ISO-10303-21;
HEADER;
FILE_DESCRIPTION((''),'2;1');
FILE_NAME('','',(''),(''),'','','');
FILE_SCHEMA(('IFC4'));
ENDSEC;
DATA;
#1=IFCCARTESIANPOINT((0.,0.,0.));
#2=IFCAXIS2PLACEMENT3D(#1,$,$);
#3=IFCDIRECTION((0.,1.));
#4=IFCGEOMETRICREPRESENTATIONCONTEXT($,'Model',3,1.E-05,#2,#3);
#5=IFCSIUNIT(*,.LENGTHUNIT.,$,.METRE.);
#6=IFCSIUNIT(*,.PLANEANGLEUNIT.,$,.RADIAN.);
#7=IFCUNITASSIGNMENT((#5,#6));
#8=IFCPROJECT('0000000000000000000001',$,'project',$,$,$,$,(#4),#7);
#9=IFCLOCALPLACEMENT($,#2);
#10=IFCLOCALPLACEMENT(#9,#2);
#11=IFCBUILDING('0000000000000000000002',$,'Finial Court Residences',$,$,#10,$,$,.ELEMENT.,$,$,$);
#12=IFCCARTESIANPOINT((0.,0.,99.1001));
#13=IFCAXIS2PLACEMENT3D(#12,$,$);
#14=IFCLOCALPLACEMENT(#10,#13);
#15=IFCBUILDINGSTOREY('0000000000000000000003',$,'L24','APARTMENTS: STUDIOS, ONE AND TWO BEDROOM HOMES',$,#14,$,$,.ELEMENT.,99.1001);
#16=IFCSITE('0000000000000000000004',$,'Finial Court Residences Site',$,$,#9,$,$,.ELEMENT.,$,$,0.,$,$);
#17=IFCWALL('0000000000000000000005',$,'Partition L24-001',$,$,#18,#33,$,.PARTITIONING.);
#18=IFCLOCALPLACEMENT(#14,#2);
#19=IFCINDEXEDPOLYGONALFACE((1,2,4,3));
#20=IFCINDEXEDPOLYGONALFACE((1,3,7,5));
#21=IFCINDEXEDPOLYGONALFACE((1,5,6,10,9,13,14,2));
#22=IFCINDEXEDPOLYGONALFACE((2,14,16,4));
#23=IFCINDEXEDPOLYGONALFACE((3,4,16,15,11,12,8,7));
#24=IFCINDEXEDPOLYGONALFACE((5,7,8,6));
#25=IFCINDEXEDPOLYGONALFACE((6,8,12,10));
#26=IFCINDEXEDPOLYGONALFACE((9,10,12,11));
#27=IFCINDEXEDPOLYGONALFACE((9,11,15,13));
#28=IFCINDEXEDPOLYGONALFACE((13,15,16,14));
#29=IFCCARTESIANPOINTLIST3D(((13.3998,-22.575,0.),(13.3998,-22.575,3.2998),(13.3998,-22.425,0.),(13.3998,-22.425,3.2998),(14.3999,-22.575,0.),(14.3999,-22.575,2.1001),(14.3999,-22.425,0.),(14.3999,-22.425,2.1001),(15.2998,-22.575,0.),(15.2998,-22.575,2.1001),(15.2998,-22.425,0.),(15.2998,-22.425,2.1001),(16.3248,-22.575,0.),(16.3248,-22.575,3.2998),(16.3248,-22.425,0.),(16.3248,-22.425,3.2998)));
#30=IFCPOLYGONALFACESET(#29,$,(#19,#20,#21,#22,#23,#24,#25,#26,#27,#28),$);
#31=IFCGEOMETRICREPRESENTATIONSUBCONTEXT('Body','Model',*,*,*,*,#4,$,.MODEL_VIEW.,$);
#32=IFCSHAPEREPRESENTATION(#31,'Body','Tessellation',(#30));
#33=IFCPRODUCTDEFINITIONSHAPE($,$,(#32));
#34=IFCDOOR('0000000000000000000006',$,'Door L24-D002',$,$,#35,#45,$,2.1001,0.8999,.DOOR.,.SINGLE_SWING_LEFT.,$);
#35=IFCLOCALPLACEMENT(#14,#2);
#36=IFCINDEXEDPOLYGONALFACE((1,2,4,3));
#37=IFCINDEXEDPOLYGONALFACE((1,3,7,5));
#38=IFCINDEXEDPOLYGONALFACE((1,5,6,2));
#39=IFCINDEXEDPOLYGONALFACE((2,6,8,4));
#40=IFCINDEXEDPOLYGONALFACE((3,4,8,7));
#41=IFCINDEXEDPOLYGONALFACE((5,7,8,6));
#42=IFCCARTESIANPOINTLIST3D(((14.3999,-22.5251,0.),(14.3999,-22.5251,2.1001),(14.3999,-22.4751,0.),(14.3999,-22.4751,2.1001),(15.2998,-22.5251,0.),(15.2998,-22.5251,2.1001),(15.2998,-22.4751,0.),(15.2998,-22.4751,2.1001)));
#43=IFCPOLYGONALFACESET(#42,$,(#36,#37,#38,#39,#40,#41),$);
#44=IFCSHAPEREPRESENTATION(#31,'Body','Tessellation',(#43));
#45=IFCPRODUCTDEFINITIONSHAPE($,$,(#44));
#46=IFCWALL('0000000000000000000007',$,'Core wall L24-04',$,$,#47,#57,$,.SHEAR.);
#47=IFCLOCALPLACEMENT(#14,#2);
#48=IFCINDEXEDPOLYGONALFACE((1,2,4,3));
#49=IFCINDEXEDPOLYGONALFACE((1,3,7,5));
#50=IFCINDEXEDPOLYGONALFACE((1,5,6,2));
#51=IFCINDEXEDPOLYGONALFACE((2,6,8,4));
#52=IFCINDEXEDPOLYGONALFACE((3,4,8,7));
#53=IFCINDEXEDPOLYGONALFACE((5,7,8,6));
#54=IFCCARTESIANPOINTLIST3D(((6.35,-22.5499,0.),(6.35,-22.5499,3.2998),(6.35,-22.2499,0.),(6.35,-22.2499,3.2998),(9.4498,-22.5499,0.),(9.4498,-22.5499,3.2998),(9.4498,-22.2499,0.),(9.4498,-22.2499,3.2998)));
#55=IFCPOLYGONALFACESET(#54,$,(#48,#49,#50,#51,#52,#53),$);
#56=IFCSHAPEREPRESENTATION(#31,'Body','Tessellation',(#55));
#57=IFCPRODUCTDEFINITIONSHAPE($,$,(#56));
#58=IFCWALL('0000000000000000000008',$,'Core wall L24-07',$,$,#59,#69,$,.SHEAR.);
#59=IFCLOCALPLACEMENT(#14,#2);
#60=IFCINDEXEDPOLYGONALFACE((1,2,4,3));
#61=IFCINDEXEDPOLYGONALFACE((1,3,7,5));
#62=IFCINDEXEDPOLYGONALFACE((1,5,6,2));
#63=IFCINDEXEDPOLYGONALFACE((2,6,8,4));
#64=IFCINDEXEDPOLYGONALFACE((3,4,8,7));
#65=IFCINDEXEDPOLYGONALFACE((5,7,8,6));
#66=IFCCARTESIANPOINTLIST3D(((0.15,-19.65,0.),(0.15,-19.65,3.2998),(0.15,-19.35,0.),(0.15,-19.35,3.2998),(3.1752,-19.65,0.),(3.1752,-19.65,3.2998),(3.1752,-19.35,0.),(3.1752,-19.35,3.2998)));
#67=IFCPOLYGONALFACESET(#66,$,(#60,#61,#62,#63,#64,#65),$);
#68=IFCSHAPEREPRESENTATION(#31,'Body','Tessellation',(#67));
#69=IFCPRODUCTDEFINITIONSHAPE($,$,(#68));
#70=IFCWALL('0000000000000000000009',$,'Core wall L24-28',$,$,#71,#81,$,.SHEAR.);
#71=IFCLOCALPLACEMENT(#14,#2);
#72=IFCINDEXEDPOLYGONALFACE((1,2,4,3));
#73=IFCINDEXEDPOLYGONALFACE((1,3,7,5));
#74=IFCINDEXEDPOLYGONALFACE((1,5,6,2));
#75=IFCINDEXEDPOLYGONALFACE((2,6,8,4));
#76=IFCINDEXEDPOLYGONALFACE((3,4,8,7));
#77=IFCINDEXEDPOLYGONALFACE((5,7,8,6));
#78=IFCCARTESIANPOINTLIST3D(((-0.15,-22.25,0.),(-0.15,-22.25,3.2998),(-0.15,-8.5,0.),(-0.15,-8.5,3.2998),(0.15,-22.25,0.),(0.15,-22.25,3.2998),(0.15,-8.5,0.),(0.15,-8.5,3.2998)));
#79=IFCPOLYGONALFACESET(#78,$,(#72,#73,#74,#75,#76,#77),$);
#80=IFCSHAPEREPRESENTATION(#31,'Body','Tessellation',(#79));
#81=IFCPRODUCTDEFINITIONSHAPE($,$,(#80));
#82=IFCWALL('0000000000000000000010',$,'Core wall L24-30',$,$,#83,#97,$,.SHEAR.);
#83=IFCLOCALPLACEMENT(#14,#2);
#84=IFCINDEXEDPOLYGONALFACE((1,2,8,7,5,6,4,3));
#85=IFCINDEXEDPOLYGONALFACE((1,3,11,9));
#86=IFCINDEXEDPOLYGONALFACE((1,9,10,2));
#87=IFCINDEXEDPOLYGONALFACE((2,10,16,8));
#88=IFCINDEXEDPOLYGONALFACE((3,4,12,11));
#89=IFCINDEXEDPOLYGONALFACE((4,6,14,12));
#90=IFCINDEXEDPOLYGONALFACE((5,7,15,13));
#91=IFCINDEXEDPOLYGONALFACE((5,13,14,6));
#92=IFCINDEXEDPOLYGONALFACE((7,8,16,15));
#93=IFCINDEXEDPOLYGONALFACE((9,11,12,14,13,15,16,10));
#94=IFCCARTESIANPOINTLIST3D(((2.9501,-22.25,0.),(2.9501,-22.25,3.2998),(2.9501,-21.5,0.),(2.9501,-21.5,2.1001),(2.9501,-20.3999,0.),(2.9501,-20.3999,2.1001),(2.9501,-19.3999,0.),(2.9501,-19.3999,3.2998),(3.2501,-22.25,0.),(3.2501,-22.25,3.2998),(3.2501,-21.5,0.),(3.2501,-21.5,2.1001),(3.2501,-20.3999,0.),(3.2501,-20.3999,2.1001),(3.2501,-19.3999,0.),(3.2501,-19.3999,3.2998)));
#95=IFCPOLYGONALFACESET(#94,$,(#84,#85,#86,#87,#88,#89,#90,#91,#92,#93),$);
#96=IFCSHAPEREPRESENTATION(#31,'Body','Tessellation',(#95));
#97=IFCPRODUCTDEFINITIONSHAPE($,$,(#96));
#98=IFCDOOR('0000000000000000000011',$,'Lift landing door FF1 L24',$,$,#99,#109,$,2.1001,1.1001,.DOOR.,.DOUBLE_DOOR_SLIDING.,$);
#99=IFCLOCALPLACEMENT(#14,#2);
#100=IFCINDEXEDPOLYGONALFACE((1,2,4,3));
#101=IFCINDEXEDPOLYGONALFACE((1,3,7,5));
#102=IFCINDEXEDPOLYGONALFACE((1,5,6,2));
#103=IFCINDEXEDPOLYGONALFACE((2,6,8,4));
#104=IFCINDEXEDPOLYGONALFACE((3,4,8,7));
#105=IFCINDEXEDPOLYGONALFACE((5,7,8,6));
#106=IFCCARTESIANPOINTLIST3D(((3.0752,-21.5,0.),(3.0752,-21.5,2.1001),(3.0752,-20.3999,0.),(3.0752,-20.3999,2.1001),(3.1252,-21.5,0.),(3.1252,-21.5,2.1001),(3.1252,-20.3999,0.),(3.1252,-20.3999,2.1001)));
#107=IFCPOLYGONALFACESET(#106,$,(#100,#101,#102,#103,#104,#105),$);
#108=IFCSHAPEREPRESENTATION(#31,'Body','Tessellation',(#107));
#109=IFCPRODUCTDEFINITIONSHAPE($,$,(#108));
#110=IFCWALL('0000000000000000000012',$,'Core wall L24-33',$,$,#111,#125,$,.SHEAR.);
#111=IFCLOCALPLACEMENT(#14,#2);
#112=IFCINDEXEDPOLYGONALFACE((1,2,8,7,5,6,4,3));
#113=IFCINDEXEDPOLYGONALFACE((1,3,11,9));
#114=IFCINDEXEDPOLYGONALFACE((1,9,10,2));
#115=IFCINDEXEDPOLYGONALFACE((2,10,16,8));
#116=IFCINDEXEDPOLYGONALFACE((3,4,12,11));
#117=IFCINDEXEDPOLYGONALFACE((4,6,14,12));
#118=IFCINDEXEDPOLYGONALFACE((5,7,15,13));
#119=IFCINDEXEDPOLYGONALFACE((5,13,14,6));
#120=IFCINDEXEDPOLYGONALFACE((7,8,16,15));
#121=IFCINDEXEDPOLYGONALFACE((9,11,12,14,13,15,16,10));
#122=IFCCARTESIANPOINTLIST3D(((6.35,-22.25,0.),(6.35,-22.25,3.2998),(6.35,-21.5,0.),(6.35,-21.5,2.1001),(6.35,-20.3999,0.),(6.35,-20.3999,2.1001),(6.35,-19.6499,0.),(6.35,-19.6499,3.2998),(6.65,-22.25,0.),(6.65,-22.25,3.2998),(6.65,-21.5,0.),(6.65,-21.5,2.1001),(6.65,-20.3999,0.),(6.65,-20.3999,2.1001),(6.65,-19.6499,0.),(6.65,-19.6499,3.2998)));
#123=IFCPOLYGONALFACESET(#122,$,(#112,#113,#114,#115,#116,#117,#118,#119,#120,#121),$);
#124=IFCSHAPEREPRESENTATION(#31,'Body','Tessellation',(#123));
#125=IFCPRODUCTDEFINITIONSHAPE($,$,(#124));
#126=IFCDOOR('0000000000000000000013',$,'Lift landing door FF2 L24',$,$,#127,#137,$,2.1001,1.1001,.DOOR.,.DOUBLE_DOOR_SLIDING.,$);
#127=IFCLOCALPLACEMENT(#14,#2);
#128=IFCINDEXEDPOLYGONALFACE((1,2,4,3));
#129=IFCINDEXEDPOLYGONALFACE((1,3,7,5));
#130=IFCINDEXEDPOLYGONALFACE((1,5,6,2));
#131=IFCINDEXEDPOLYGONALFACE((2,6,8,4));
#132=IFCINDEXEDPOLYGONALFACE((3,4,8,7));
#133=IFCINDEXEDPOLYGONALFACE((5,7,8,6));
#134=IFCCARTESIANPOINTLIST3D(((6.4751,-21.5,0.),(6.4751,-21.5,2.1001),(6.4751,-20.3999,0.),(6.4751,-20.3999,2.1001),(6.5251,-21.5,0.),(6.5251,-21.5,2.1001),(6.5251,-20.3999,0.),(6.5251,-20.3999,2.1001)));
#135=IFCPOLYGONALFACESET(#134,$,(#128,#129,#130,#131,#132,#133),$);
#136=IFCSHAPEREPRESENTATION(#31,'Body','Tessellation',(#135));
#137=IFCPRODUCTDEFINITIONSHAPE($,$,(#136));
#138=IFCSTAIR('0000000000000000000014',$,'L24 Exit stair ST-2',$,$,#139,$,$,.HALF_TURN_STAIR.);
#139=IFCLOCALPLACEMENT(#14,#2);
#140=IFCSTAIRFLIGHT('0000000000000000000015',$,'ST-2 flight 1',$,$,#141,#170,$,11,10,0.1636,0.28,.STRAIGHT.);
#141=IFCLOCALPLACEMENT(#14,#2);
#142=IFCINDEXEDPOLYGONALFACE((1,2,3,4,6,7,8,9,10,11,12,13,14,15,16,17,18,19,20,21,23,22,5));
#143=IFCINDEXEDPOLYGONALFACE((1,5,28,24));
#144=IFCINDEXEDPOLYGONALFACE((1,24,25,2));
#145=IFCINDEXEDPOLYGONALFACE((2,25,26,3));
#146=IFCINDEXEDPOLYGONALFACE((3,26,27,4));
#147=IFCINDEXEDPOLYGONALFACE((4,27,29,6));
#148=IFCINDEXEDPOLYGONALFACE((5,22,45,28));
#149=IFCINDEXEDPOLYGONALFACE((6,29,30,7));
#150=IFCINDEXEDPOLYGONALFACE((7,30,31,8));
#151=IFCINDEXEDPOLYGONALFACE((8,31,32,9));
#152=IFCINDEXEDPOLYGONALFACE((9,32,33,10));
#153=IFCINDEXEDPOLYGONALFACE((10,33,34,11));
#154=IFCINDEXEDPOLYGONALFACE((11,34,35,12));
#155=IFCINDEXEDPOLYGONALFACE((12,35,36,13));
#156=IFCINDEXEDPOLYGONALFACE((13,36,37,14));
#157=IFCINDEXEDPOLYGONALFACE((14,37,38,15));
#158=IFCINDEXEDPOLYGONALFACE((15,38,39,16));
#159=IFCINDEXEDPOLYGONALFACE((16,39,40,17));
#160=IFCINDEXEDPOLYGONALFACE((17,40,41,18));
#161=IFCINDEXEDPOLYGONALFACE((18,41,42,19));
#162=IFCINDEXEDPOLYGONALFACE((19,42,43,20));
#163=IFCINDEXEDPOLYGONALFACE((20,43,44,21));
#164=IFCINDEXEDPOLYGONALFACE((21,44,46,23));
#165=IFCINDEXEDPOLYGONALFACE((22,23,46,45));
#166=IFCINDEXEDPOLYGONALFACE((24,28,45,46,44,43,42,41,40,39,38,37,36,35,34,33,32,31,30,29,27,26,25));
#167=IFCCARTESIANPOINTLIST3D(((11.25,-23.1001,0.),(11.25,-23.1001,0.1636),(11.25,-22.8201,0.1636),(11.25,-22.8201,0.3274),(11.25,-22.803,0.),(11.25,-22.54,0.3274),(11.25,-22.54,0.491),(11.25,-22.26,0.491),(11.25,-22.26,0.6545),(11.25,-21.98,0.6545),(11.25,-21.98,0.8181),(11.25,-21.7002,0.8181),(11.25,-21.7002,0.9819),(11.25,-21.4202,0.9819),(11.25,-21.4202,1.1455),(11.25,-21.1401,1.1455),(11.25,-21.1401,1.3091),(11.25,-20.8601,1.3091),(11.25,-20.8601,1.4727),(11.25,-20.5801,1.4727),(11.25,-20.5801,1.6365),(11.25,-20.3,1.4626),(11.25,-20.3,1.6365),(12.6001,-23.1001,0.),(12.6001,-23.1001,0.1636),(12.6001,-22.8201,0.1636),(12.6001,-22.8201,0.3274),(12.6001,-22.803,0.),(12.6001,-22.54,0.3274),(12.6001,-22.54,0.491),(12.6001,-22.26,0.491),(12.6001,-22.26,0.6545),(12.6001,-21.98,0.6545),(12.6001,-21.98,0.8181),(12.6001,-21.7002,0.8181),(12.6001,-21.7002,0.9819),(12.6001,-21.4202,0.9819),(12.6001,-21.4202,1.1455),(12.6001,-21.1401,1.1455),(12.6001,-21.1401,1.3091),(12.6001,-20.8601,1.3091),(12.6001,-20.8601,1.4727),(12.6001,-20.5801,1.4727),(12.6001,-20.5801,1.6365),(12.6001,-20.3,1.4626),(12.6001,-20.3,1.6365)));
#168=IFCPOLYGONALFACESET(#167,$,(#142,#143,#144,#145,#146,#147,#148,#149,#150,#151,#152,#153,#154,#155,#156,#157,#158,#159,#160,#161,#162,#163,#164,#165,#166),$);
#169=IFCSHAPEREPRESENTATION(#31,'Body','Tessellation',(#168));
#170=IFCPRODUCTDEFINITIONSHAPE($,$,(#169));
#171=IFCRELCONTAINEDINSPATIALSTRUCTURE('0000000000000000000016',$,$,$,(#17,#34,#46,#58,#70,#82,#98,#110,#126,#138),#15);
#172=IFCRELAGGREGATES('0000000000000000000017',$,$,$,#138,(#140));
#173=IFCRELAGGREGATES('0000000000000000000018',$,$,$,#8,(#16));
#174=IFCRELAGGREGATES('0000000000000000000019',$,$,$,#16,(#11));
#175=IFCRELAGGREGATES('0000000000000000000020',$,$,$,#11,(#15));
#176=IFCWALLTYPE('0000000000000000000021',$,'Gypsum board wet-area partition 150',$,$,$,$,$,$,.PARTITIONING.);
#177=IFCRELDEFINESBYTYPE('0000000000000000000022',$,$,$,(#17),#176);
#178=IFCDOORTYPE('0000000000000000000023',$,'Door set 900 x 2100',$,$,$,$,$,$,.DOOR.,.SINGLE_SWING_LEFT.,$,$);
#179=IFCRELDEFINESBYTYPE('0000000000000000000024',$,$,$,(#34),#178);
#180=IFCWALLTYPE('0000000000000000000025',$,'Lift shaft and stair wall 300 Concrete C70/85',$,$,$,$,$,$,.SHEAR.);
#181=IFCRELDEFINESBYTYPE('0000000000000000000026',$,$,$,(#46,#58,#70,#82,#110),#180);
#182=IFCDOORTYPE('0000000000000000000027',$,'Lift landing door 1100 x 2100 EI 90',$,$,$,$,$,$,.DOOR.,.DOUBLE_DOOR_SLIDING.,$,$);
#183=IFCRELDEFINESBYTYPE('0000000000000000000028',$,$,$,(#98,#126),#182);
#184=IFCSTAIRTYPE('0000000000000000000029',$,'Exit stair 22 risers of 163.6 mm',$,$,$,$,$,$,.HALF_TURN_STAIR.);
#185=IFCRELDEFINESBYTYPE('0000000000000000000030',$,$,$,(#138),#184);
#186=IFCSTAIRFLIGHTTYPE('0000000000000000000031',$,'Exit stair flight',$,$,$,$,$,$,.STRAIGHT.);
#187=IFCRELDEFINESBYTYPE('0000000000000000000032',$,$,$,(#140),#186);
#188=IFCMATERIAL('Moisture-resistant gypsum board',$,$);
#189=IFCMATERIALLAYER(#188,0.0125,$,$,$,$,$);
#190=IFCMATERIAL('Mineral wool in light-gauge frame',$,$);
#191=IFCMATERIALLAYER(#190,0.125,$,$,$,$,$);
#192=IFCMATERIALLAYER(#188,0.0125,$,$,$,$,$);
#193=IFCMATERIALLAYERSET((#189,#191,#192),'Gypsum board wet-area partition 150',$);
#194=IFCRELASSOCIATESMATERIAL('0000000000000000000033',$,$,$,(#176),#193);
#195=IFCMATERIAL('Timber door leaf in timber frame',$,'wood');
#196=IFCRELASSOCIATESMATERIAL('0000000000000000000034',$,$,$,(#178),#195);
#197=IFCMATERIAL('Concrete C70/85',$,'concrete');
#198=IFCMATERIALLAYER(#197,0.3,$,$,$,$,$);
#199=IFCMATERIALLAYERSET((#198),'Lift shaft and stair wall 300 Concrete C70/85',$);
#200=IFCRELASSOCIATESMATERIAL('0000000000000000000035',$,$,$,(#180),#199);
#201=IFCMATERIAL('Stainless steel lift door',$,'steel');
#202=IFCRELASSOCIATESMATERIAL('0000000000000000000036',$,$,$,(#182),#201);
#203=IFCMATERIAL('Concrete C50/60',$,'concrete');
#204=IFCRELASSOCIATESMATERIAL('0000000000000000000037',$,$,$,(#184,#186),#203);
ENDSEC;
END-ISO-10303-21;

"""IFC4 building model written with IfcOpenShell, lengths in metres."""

from ifc_helpers import new_model, si_unit, direction, frame, frame_2d, origin, place, context, subcontext, project, spatial, polyline, rectangle, outline, extrude, material, layer, layer_set, type_object, element, fill, aggregate, save


model = new_model("IFC4")

# Units and contexts
model_context = context("Model", 3, precision=1e-05, world=origin(), true_north=direction((0.0, 1.0)))
body_context = subcontext(model_context, "Body", "Model", "MODEL_VIEW")
ifc_project = project(units=[si_unit("LENGTHUNIT", "METRE"), si_unit("PLANEANGLEUNIT", "RADIAN")], contexts=[model_context])

# Site, building, storey
site_placement = place(None, origin())
site = spatial("IfcSite", under=ifc_project, at=site_placement, Name="Finial Court Residences Site", CompositionType="ELEMENT", RefElevation=0.0)
building_placement = place(site_placement, origin())
building = spatial("IfcBuilding", under=site, at=building_placement, Name="Finial Court Residences", CompositionType="ELEMENT")
storey_placement = place(building_placement, frame((0.0, 0.0, 99.1001)))
storey = spatial("IfcBuildingStorey", under=building, at=storey_placement, Name="L24", Description="APARTMENTS: STUDIOS, ONE AND TWO BEDROOM HOMES", CompositionType="ELEMENT", Elevation=99.1001)

# Shared definitions
ifc_material_1 = material(Name="Concrete C70/85", Category="concrete")

# Wall, opening, door
ifc_material_2 = material(Name="Moisture-resistant gypsum board")
ifc_layer_1 = layer(ifc_material_2, 0.0125)
ifc_material_3 = material(Name="Mineral wool in light-gauge frame")
ifc_layer_2 = layer(ifc_material_3, 0.125)
ifc_layer_3 = layer(ifc_material_2, 0.0125)
ifc_layer_set_1 = layer_set([ifc_layer_1, ifc_layer_2, ifc_layer_3], Name="Gypsum board wet-area partition 150")
wall_type_1 = type_object("IfcWallType", Name="Gypsum board wet-area partition 150", PredefinedType="PARTITIONING", material=ifc_layer_set_1)
wall_1_placement = place(storey_placement, frame((13.3999, -22.5, 0.0), z_axis=(0.0, 0.0, 1.0), x_axis=(1.0, 0.0, 0.0)))
wall_1 = element("IfcWall", 1, at=wall_1_placement, inside=storey, type_object=wall_type_1, Name="Partition L24-001", PredefinedType="PARTITIONING", context=body_context, shape_type="SweptSolid", body=[
    extrude(rectangle(XDim=2.925, YDim=0.1499, at=frame_2d((1.4624, 0.0))), origin(), (0.0, 0.0, 1.0), 3.2998),
])
opening_1_placement = place(wall_1_placement, frame((1.0, 0.0, 0.0)))
opening_1 = element("IfcOpeningElement", 2, at=opening_1_placement, cuts=wall_1, PredefinedType="OPENING", context=body_context, shape_type="SweptSolid", body=[
    extrude(rectangle(XDim=0.8999, YDim=2.1001, at=frame_2d((0.45, 1.05))), frame((0.0, 0.085, 0.0), z_axis=(0.0, -1.0, 0.0), x_axis=(1.0, 0.0, 0.0)), (0.0, 0.0, 1.0), 0.1699),
])
ifc_material_4 = material(Name="Timber door leaf in timber frame", Category="wood")
door_type_1 = type_object("IfcDoorType", Name="Door set 900 x 2100", OperationType="SINGLE_SWING_LEFT", PredefinedType="DOOR", material=ifc_material_4)
door_1_placement = place(opening_1_placement, origin())
door_1 = element("IfcDoor", 3, at=door_1_placement, inside=storey, type_object=door_type_1, Name="Door L24-D002", OperationType="SINGLE_SWING_LEFT", OverallHeight=2.1001, OverallWidth=0.8999, PredefinedType="DOOR", context=body_context, shape_type="SweptSolid", body=[
    extrude(rectangle(XDim=0.8999, YDim=2.1001, at=frame_2d((0.45, 1.05))), frame((0.0, 0.0249, 0.0), z_axis=(0.0, -1.0, 0.0), x_axis=(1.0, 0.0, 0.0)), (0.0, 0.0, 1.0), 0.05),
])
fill(opening_1, door_1)

# Walls
ifc_layer_4 = layer(ifc_material_1, 0.3)
ifc_layer_set_2 = layer_set([ifc_layer_4], Name="Lift shaft and stair wall 300 Concrete C70/85")
wall_type_2 = type_object("IfcWallType", Name="Lift shaft and stair wall 300 Concrete C70/85", PredefinedType="SHEAR", material=ifc_layer_set_2)
wall_2_placement = place(storey_placement, frame((6.3501, -22.3999, 0.0), z_axis=(0.0, 0.0, 1.0), x_axis=(1.0, 0.0, 0.0)))
element("IfcWall", 4, at=wall_2_placement, inside=storey, type_object=wall_type_2, Name="Core wall L24-04", PredefinedType="SHEAR", context=body_context, shape_type="SweptSolid", body=[
    extrude(rectangle(XDim=3.0999, YDim=0.3, at=frame_2d((1.5498, 0.0))), origin(), (0.0, 0.0, 1.0), 3.2998),
])
wall_3_placement = place(storey_placement, frame((0.1499, -19.5, 0.0), z_axis=(0.0, 0.0, 1.0), x_axis=(1.0, 0.0, 0.0)))
element("IfcWall", 5, at=wall_3_placement, inside=storey, type_object=wall_type_2, Name="Core wall L24-07", PredefinedType="SHEAR", context=body_context, shape_type="SweptSolid", body=[
    extrude(rectangle(XDim=3.0251, YDim=0.3, at=frame_2d((1.5127, 0.0))), origin(), (0.0, 0.0, 1.0), 3.2998),
])
wall_4_placement = place(storey_placement, frame((0.0, -22.25, 0.0), z_axis=(0.0, 0.0, 1.0), x_axis=(0.0, 1.0, 0.0)))
element("IfcWall", 6, at=wall_4_placement, inside=storey, type_object=wall_type_2, Name="Core wall L24-28", PredefinedType="SHEAR", context=body_context, shape_type="SweptSolid", body=[
    extrude(rectangle(XDim=13.75, YDim=0.3, at=frame_2d((6.875, 0.0))), origin(), (0.0, 0.0, 1.0), 3.2998),
])

# Walls, openings, doors
wall_5_placement = place(storey_placement, frame((3.1001, -22.25, 0.0), z_axis=(0.0, 0.0, 1.0), x_axis=(0.0, 1.0, 0.0)))
wall_5 = element("IfcWall", 7, at=wall_5_placement, inside=storey, type_object=wall_type_2, Name="Core wall L24-30", PredefinedType="SHEAR", context=body_context, shape_type="SweptSolid", body=[
    extrude(rectangle(XDim=2.8501, YDim=0.3, at=frame_2d((1.425, 0.0))), origin(), (0.0, 0.0, 1.0), 3.2998),
])
opening_2_placement = place(wall_5_placement, frame((0.75, 0.0, 0.0)))
opening_2 = element("IfcOpeningElement", 8, at=opening_2_placement, cuts=wall_5, PredefinedType="OPENING", context=body_context, shape_type="SweptSolid", body=[
    extrude(rectangle(XDim=1.1001, YDim=2.1001, at=frame_2d((0.55, 1.05))), frame((0.0, 0.1599, 0.0), z_axis=(0.0, -1.0, 0.0), x_axis=(1.0, 0.0, 0.0)), (0.0, 0.0, 1.0), 0.3201),
])
ifc_material_5 = material(Name="Stainless steel lift door", Category="steel")
door_type_2 = type_object("IfcDoorType", Name="Lift landing door 1100 x 2100 EI 90", OperationType="DOUBLE_DOOR_SLIDING", PredefinedType="DOOR", material=ifc_material_5)
door_2_placement = place(opening_2_placement, origin())
door_2 = element("IfcDoor", 9, at=door_2_placement, inside=storey, type_object=door_type_2, Name="Lift landing door FF1 L24", OperationType="DOUBLE_DOOR_SLIDING", OverallHeight=2.1001, OverallWidth=1.1001, PredefinedType="DOOR", context=body_context, shape_type="SweptSolid", body=[
    extrude(rectangle(XDim=1.1001, YDim=2.1001, at=frame_2d((0.55, 1.05))), frame((0.0, 0.0249, 0.0), z_axis=(0.0, -1.0, 0.0), x_axis=(1.0, 0.0, 0.0)), (0.0, 0.0, 1.0), 0.05),
])
fill(opening_2, door_2)
wall_6_placement = place(storey_placement, frame((6.5, -22.25, 0.0), z_axis=(0.0, 0.0, 1.0), x_axis=(0.0, 1.0, 0.0)))
wall_6 = element("IfcWall", 10, at=wall_6_placement, inside=storey, type_object=wall_type_2, Name="Core wall L24-33", PredefinedType="SHEAR", context=body_context, shape_type="SweptSolid", body=[
    extrude(rectangle(XDim=2.6001, YDim=0.3, at=frame_2d((1.3, 0.0))), origin(), (0.0, 0.0, 1.0), 3.2998),
])
opening_3_placement = place(wall_6_placement, frame((0.75, 0.0, 0.0)))
opening_3 = element("IfcOpeningElement", 11, at=opening_3_placement, cuts=wall_6, PredefinedType="OPENING", context=body_context, shape_type="SweptSolid", body=[
    extrude(rectangle(XDim=1.1001, YDim=2.1001, at=frame_2d((0.55, 1.05))), frame((0.0, 0.1599, 0.0), z_axis=(0.0, -1.0, 0.0), x_axis=(1.0, 0.0, 0.0)), (0.0, 0.0, 1.0), 0.3201),
])
door_3_placement = place(opening_3_placement, origin())
door_3 = element("IfcDoor", 12, at=door_3_placement, inside=storey, type_object=door_type_2, Name="Lift landing door FF2 L24", OperationType="DOUBLE_DOOR_SLIDING", OverallHeight=2.1001, OverallWidth=1.1001, PredefinedType="DOOR", context=body_context, shape_type="SweptSolid", body=[
    extrude(rectangle(XDim=1.1001, YDim=2.1001, at=frame_2d((0.55, 1.05))), frame((0.0, 0.0249, 0.0), z_axis=(0.0, -1.0, 0.0), x_axis=(1.0, 0.0, 0.0)), (0.0, 0.0, 1.0), 0.05),
])
fill(opening_3, door_3)

# Stair, stair flight
ifc_material_6 = material(Name="Concrete C50/60", Category="concrete")
stair_type = type_object("IfcStairType", Name="Exit stair 22 risers of 163.6 mm", PredefinedType="HALF_TURN_STAIR", material=ifc_material_6)
stair_placement = place(storey_placement, origin())
stair = element("IfcStair", 13, at=stair_placement, inside=storey, type_object=stair_type, Name="L24 Exit stair ST-2", PredefinedType="HALF_TURN_STAIR")
stair_flight_type = type_object("IfcStairFlightType", Name="Exit stair flight", PredefinedType="STRAIGHT", material=ifc_material_6)
stair_flight_1_placement = place(storey_placement, frame((11.925, -23.1001, 0.0), z_axis=(0.0, 0.0, 1.0), x_axis=(0.0, 1.0, 0.0)))
stair_flight_1 = element("IfcStairFlight", 14, at=stair_flight_1_placement, type_object=stair_flight_type, Name="ST-2 flight 1", NumberOfRisers=11, NumberOfTreads=10, PredefinedType="STRAIGHT", RiserHeight=0.1636, TreadLength=0.28, context=body_context, shape_type="SweptSolid", body=[
    extrude(outline(polyline([(0.0, 0.0), (0.0, 0.1636), (0.28, 0.1636), (0.28, 0.3274), (0.5601, 0.3274), (0.5601, 0.491), (0.8401, 0.491), (0.8401, 0.6545), (1.1201, 0.6545), (1.1201, 0.8181), (1.3999, 0.8181), (1.3999, 0.9819), (1.6799, 0.9819), (1.6799, 1.1455), (1.96, 1.1455), (1.96, 1.3091), (2.24, 1.3091), (2.24, 1.4727), (2.52, 1.4727), (2.52, 1.6365), (2.8, 1.6365), (2.8, 1.8), (2.8, 1.4626), (0.2971, 0.0), (0.0, 0.0)])), frame((0.0, 0.675, 0.0), z_axis=(0.0, -1.0, 0.0), x_axis=(1.0, 0.0, 0.0)), (0.0, 0.0, 1.0), 1.3501),
])
aggregate(stair, [stair_flight_1])

save(model, "model.ifc")
